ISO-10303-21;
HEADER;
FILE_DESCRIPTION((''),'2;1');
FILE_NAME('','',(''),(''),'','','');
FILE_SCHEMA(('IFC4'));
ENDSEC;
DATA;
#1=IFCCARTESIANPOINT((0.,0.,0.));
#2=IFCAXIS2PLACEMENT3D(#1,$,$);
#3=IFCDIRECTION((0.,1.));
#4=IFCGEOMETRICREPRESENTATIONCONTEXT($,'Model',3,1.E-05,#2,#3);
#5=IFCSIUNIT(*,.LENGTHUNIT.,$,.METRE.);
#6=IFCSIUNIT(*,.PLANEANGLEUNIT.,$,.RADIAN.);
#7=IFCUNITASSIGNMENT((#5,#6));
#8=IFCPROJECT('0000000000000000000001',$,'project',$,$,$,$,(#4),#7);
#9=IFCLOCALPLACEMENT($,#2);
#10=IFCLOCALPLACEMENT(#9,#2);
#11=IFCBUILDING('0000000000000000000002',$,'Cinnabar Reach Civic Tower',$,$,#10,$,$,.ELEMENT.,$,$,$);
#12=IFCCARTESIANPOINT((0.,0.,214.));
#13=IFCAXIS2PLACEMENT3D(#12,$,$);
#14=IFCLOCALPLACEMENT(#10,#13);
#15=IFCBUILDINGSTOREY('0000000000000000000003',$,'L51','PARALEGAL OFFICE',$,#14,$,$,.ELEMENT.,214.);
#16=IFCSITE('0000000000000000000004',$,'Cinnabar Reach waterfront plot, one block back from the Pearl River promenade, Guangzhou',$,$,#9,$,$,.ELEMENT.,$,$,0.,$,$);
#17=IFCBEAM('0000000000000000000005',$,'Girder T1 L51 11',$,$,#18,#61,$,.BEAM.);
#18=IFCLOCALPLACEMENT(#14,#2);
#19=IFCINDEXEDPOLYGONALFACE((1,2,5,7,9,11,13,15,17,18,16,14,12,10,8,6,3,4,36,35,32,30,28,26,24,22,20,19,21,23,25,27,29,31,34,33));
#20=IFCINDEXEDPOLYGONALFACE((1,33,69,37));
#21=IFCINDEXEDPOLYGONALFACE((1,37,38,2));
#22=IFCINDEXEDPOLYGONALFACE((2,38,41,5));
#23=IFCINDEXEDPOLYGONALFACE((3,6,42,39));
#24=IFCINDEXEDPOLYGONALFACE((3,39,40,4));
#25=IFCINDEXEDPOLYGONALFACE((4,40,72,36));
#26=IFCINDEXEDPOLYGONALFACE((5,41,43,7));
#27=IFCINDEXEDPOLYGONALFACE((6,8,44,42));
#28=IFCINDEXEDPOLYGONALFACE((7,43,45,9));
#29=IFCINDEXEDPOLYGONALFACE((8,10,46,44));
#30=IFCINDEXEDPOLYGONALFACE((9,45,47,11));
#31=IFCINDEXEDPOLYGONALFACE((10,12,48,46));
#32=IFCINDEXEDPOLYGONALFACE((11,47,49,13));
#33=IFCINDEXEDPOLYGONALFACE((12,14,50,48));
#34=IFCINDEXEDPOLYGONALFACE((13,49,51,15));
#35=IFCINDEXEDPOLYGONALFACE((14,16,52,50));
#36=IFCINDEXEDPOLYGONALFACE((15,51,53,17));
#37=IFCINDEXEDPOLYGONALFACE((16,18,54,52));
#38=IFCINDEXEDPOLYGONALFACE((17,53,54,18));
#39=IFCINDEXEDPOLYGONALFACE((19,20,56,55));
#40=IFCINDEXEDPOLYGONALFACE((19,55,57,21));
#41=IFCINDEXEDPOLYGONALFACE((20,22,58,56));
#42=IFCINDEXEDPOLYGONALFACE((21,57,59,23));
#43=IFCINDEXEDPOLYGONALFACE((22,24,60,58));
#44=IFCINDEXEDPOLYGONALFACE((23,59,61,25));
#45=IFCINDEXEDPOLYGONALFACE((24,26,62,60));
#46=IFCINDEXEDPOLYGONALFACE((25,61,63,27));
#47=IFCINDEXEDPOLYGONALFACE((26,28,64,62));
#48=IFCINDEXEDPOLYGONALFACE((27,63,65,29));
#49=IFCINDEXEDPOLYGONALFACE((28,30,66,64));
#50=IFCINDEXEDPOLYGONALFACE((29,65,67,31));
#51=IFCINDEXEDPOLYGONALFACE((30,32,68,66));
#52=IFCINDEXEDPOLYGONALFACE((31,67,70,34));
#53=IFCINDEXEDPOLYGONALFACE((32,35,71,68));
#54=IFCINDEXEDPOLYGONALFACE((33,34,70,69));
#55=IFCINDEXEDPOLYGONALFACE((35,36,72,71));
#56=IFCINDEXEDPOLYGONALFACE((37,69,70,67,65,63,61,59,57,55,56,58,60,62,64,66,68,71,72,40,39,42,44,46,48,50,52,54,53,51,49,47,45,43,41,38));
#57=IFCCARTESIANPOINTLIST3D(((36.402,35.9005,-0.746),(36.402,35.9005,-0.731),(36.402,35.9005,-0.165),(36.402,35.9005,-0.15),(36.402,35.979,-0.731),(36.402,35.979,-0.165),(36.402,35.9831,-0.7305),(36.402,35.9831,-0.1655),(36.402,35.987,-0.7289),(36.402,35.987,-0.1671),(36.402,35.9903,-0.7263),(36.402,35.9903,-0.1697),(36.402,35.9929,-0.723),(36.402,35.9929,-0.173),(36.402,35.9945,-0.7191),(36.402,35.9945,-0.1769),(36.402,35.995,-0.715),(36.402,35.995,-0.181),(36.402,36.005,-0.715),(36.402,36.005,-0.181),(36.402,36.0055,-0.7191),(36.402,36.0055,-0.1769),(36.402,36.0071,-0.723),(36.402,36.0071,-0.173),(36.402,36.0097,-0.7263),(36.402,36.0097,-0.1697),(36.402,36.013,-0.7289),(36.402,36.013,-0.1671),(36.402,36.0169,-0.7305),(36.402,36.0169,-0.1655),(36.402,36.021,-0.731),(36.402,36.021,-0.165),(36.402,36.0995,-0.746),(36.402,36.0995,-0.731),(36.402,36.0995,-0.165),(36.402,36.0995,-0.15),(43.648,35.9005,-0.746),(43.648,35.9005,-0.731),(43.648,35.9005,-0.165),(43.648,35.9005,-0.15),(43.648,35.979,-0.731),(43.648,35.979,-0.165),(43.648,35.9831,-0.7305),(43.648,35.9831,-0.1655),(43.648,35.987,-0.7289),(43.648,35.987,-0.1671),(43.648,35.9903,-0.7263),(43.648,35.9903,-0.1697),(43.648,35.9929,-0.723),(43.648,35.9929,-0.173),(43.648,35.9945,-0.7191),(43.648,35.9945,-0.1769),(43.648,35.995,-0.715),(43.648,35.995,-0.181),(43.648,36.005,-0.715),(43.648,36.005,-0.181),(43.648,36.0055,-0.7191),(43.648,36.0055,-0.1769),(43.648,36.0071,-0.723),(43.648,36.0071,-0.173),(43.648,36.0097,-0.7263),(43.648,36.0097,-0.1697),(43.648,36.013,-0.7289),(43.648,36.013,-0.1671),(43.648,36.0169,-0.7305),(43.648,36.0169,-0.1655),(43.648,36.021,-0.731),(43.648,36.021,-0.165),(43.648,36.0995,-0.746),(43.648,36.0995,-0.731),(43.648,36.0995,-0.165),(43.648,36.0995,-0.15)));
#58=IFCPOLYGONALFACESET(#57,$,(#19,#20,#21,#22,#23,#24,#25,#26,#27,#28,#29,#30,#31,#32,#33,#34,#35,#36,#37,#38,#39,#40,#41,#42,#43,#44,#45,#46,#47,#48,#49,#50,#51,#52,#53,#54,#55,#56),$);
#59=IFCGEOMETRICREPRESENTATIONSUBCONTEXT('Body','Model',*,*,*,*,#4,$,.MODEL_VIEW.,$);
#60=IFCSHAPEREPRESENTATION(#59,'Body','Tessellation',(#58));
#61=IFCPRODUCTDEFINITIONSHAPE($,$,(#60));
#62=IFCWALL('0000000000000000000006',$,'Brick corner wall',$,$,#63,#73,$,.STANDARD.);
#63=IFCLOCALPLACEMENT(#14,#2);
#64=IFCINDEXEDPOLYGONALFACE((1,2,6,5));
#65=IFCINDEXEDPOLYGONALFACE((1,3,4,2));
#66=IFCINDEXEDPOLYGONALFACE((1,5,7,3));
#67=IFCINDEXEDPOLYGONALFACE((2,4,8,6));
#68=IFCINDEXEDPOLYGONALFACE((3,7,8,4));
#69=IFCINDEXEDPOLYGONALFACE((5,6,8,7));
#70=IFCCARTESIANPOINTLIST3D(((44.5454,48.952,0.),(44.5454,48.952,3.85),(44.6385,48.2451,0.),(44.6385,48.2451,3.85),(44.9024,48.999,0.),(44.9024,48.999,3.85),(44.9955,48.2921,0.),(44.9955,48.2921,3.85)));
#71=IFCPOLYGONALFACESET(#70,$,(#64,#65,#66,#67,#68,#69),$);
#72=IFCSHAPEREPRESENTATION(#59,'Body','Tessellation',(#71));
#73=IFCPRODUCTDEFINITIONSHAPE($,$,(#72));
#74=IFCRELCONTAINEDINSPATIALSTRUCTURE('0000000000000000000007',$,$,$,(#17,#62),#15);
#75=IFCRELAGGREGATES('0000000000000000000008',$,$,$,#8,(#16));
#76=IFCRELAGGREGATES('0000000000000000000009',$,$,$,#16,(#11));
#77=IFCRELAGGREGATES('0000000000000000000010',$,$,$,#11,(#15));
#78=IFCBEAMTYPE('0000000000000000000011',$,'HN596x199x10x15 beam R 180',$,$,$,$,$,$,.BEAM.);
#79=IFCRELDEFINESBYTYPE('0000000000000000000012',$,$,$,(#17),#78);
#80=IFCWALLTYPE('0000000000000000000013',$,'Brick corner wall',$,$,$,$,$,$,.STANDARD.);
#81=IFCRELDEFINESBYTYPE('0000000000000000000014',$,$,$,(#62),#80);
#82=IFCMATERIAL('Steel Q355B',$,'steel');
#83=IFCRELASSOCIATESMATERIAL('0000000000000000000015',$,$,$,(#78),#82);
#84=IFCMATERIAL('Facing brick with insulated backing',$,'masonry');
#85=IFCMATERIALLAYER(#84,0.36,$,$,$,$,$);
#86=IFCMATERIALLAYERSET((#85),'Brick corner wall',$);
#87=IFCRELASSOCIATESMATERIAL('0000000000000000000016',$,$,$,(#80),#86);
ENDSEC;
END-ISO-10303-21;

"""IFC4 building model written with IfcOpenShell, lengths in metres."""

from ifc_helpers import new_model, si_unit, direction, frame, frame_2d, origin, origin_2d, place, context, subcontext, project, spatial, rectangle, i_section, extrude, material, layer, layer_set, material_profile, profile_set, type_object, element, save


model = new_model("IFC4")

# Units and contexts
model_context = context("Model", 3, precision=1e-05, world=origin(), true_north=direction((0.0, 1.0)))
body_context = subcontext(model_context, "Body", "Model", "MODEL_VIEW")
ifc_project = project(units=[si_unit("LENGTHUNIT", "METRE"), si_unit("PLANEANGLEUNIT", "RADIAN")], contexts=[model_context])

# Site, building, storey
site_placement = place(None, origin())
site = spatial("IfcSite", under=ifc_project, at=site_placement, Name="Cinnabar Reach waterfront plot, one block back from the Pearl River promenade, Guangzhou", CompositionType="ELEMENT", RefElevation=0.0)
building_placement = place(site_placement, origin())
building = spatial("IfcBuilding", under=site, at=building_placement, Name="Cinnabar Reach Civic Tower", CompositionType="ELEMENT")
storey_placement = place(building_placement, frame((0.0, 0.0, 214.0)))
storey = spatial("IfcBuildingStorey", under=building, at=storey_placement, Name="L51", Description="PARALEGAL OFFICE", CompositionType="ELEMENT", Elevation=214.0)

# Beam
ifc_material_1 = material(Name="Steel Q355B", Category="steel")
ifc_material_profile_1 = material_profile(ifc_material_1, i_section(OverallWidth=0.199, OverallDepth=0.596, WebThickness=0.01, FlangeThickness=0.015, FilletRadius=0.016, at=origin_2d()), Name="HN596x199x10x15")
ifc_profile_set_1 = profile_set([ifc_material_profile_1], Name="Steel Q355B")
beam_type_1 = type_object("IfcBeamType", Name="HN596x199x10x15 beam R 180", PredefinedType="BEAM", material=ifc_profile_set_1)
beam_1_placement = place(storey_placement, frame((36.402, 36.0, -0.448), z_axis=(1.0, 0.0, 0.0), x_axis=(0.0, 1.0, 0.0)))
element("IfcBeam", 1, at=beam_1_placement, inside=storey, type_object=beam_type_1, Name="Girder T1 L51 11", PredefinedType="BEAM", context=body_context, shape_type="SweptSolid", body=[
    extrude(i_section(OverallWidth=0.199, OverallDepth=0.596, WebThickness=0.01, FlangeThickness=0.015, FilletRadius=0.016, at=origin_2d()), origin(), (0.0, 0.0, 1.0), 7.246),
])

# Wall
ifc_material_2 = material(Name="Facing brick with insulated backing", Category="masonry")
ifc_layer = layer(ifc_material_2, 0.36)
ifc_layer_set = layer_set([ifc_layer], Name="Brick corner wall")
wall_type = type_object("IfcWallType", Name="Brick corner wall", PredefinedType="STANDARD", material=ifc_layer_set)
wall_placement = place(storey_placement, frame((44.817, 48.2686, 0.0), z_axis=(0.0, 0.0, 1.0), x_axis=(-0.130556, 0.991441, 0.0)))
element("IfcWall", 2, at=wall_placement, inside=storey, type_object=wall_type, Name="Brick corner wall", PredefinedType="STANDARD", context=body_context, shape_type="SweptSolid", body=[
    extrude(rectangle(XDim=0.7131, YDim=0.36, at=frame_2d((0.3565, 0.0))), origin(), (0.0, 0.0, 1.0), 3.85),
])

save(model, "model.ifc")
